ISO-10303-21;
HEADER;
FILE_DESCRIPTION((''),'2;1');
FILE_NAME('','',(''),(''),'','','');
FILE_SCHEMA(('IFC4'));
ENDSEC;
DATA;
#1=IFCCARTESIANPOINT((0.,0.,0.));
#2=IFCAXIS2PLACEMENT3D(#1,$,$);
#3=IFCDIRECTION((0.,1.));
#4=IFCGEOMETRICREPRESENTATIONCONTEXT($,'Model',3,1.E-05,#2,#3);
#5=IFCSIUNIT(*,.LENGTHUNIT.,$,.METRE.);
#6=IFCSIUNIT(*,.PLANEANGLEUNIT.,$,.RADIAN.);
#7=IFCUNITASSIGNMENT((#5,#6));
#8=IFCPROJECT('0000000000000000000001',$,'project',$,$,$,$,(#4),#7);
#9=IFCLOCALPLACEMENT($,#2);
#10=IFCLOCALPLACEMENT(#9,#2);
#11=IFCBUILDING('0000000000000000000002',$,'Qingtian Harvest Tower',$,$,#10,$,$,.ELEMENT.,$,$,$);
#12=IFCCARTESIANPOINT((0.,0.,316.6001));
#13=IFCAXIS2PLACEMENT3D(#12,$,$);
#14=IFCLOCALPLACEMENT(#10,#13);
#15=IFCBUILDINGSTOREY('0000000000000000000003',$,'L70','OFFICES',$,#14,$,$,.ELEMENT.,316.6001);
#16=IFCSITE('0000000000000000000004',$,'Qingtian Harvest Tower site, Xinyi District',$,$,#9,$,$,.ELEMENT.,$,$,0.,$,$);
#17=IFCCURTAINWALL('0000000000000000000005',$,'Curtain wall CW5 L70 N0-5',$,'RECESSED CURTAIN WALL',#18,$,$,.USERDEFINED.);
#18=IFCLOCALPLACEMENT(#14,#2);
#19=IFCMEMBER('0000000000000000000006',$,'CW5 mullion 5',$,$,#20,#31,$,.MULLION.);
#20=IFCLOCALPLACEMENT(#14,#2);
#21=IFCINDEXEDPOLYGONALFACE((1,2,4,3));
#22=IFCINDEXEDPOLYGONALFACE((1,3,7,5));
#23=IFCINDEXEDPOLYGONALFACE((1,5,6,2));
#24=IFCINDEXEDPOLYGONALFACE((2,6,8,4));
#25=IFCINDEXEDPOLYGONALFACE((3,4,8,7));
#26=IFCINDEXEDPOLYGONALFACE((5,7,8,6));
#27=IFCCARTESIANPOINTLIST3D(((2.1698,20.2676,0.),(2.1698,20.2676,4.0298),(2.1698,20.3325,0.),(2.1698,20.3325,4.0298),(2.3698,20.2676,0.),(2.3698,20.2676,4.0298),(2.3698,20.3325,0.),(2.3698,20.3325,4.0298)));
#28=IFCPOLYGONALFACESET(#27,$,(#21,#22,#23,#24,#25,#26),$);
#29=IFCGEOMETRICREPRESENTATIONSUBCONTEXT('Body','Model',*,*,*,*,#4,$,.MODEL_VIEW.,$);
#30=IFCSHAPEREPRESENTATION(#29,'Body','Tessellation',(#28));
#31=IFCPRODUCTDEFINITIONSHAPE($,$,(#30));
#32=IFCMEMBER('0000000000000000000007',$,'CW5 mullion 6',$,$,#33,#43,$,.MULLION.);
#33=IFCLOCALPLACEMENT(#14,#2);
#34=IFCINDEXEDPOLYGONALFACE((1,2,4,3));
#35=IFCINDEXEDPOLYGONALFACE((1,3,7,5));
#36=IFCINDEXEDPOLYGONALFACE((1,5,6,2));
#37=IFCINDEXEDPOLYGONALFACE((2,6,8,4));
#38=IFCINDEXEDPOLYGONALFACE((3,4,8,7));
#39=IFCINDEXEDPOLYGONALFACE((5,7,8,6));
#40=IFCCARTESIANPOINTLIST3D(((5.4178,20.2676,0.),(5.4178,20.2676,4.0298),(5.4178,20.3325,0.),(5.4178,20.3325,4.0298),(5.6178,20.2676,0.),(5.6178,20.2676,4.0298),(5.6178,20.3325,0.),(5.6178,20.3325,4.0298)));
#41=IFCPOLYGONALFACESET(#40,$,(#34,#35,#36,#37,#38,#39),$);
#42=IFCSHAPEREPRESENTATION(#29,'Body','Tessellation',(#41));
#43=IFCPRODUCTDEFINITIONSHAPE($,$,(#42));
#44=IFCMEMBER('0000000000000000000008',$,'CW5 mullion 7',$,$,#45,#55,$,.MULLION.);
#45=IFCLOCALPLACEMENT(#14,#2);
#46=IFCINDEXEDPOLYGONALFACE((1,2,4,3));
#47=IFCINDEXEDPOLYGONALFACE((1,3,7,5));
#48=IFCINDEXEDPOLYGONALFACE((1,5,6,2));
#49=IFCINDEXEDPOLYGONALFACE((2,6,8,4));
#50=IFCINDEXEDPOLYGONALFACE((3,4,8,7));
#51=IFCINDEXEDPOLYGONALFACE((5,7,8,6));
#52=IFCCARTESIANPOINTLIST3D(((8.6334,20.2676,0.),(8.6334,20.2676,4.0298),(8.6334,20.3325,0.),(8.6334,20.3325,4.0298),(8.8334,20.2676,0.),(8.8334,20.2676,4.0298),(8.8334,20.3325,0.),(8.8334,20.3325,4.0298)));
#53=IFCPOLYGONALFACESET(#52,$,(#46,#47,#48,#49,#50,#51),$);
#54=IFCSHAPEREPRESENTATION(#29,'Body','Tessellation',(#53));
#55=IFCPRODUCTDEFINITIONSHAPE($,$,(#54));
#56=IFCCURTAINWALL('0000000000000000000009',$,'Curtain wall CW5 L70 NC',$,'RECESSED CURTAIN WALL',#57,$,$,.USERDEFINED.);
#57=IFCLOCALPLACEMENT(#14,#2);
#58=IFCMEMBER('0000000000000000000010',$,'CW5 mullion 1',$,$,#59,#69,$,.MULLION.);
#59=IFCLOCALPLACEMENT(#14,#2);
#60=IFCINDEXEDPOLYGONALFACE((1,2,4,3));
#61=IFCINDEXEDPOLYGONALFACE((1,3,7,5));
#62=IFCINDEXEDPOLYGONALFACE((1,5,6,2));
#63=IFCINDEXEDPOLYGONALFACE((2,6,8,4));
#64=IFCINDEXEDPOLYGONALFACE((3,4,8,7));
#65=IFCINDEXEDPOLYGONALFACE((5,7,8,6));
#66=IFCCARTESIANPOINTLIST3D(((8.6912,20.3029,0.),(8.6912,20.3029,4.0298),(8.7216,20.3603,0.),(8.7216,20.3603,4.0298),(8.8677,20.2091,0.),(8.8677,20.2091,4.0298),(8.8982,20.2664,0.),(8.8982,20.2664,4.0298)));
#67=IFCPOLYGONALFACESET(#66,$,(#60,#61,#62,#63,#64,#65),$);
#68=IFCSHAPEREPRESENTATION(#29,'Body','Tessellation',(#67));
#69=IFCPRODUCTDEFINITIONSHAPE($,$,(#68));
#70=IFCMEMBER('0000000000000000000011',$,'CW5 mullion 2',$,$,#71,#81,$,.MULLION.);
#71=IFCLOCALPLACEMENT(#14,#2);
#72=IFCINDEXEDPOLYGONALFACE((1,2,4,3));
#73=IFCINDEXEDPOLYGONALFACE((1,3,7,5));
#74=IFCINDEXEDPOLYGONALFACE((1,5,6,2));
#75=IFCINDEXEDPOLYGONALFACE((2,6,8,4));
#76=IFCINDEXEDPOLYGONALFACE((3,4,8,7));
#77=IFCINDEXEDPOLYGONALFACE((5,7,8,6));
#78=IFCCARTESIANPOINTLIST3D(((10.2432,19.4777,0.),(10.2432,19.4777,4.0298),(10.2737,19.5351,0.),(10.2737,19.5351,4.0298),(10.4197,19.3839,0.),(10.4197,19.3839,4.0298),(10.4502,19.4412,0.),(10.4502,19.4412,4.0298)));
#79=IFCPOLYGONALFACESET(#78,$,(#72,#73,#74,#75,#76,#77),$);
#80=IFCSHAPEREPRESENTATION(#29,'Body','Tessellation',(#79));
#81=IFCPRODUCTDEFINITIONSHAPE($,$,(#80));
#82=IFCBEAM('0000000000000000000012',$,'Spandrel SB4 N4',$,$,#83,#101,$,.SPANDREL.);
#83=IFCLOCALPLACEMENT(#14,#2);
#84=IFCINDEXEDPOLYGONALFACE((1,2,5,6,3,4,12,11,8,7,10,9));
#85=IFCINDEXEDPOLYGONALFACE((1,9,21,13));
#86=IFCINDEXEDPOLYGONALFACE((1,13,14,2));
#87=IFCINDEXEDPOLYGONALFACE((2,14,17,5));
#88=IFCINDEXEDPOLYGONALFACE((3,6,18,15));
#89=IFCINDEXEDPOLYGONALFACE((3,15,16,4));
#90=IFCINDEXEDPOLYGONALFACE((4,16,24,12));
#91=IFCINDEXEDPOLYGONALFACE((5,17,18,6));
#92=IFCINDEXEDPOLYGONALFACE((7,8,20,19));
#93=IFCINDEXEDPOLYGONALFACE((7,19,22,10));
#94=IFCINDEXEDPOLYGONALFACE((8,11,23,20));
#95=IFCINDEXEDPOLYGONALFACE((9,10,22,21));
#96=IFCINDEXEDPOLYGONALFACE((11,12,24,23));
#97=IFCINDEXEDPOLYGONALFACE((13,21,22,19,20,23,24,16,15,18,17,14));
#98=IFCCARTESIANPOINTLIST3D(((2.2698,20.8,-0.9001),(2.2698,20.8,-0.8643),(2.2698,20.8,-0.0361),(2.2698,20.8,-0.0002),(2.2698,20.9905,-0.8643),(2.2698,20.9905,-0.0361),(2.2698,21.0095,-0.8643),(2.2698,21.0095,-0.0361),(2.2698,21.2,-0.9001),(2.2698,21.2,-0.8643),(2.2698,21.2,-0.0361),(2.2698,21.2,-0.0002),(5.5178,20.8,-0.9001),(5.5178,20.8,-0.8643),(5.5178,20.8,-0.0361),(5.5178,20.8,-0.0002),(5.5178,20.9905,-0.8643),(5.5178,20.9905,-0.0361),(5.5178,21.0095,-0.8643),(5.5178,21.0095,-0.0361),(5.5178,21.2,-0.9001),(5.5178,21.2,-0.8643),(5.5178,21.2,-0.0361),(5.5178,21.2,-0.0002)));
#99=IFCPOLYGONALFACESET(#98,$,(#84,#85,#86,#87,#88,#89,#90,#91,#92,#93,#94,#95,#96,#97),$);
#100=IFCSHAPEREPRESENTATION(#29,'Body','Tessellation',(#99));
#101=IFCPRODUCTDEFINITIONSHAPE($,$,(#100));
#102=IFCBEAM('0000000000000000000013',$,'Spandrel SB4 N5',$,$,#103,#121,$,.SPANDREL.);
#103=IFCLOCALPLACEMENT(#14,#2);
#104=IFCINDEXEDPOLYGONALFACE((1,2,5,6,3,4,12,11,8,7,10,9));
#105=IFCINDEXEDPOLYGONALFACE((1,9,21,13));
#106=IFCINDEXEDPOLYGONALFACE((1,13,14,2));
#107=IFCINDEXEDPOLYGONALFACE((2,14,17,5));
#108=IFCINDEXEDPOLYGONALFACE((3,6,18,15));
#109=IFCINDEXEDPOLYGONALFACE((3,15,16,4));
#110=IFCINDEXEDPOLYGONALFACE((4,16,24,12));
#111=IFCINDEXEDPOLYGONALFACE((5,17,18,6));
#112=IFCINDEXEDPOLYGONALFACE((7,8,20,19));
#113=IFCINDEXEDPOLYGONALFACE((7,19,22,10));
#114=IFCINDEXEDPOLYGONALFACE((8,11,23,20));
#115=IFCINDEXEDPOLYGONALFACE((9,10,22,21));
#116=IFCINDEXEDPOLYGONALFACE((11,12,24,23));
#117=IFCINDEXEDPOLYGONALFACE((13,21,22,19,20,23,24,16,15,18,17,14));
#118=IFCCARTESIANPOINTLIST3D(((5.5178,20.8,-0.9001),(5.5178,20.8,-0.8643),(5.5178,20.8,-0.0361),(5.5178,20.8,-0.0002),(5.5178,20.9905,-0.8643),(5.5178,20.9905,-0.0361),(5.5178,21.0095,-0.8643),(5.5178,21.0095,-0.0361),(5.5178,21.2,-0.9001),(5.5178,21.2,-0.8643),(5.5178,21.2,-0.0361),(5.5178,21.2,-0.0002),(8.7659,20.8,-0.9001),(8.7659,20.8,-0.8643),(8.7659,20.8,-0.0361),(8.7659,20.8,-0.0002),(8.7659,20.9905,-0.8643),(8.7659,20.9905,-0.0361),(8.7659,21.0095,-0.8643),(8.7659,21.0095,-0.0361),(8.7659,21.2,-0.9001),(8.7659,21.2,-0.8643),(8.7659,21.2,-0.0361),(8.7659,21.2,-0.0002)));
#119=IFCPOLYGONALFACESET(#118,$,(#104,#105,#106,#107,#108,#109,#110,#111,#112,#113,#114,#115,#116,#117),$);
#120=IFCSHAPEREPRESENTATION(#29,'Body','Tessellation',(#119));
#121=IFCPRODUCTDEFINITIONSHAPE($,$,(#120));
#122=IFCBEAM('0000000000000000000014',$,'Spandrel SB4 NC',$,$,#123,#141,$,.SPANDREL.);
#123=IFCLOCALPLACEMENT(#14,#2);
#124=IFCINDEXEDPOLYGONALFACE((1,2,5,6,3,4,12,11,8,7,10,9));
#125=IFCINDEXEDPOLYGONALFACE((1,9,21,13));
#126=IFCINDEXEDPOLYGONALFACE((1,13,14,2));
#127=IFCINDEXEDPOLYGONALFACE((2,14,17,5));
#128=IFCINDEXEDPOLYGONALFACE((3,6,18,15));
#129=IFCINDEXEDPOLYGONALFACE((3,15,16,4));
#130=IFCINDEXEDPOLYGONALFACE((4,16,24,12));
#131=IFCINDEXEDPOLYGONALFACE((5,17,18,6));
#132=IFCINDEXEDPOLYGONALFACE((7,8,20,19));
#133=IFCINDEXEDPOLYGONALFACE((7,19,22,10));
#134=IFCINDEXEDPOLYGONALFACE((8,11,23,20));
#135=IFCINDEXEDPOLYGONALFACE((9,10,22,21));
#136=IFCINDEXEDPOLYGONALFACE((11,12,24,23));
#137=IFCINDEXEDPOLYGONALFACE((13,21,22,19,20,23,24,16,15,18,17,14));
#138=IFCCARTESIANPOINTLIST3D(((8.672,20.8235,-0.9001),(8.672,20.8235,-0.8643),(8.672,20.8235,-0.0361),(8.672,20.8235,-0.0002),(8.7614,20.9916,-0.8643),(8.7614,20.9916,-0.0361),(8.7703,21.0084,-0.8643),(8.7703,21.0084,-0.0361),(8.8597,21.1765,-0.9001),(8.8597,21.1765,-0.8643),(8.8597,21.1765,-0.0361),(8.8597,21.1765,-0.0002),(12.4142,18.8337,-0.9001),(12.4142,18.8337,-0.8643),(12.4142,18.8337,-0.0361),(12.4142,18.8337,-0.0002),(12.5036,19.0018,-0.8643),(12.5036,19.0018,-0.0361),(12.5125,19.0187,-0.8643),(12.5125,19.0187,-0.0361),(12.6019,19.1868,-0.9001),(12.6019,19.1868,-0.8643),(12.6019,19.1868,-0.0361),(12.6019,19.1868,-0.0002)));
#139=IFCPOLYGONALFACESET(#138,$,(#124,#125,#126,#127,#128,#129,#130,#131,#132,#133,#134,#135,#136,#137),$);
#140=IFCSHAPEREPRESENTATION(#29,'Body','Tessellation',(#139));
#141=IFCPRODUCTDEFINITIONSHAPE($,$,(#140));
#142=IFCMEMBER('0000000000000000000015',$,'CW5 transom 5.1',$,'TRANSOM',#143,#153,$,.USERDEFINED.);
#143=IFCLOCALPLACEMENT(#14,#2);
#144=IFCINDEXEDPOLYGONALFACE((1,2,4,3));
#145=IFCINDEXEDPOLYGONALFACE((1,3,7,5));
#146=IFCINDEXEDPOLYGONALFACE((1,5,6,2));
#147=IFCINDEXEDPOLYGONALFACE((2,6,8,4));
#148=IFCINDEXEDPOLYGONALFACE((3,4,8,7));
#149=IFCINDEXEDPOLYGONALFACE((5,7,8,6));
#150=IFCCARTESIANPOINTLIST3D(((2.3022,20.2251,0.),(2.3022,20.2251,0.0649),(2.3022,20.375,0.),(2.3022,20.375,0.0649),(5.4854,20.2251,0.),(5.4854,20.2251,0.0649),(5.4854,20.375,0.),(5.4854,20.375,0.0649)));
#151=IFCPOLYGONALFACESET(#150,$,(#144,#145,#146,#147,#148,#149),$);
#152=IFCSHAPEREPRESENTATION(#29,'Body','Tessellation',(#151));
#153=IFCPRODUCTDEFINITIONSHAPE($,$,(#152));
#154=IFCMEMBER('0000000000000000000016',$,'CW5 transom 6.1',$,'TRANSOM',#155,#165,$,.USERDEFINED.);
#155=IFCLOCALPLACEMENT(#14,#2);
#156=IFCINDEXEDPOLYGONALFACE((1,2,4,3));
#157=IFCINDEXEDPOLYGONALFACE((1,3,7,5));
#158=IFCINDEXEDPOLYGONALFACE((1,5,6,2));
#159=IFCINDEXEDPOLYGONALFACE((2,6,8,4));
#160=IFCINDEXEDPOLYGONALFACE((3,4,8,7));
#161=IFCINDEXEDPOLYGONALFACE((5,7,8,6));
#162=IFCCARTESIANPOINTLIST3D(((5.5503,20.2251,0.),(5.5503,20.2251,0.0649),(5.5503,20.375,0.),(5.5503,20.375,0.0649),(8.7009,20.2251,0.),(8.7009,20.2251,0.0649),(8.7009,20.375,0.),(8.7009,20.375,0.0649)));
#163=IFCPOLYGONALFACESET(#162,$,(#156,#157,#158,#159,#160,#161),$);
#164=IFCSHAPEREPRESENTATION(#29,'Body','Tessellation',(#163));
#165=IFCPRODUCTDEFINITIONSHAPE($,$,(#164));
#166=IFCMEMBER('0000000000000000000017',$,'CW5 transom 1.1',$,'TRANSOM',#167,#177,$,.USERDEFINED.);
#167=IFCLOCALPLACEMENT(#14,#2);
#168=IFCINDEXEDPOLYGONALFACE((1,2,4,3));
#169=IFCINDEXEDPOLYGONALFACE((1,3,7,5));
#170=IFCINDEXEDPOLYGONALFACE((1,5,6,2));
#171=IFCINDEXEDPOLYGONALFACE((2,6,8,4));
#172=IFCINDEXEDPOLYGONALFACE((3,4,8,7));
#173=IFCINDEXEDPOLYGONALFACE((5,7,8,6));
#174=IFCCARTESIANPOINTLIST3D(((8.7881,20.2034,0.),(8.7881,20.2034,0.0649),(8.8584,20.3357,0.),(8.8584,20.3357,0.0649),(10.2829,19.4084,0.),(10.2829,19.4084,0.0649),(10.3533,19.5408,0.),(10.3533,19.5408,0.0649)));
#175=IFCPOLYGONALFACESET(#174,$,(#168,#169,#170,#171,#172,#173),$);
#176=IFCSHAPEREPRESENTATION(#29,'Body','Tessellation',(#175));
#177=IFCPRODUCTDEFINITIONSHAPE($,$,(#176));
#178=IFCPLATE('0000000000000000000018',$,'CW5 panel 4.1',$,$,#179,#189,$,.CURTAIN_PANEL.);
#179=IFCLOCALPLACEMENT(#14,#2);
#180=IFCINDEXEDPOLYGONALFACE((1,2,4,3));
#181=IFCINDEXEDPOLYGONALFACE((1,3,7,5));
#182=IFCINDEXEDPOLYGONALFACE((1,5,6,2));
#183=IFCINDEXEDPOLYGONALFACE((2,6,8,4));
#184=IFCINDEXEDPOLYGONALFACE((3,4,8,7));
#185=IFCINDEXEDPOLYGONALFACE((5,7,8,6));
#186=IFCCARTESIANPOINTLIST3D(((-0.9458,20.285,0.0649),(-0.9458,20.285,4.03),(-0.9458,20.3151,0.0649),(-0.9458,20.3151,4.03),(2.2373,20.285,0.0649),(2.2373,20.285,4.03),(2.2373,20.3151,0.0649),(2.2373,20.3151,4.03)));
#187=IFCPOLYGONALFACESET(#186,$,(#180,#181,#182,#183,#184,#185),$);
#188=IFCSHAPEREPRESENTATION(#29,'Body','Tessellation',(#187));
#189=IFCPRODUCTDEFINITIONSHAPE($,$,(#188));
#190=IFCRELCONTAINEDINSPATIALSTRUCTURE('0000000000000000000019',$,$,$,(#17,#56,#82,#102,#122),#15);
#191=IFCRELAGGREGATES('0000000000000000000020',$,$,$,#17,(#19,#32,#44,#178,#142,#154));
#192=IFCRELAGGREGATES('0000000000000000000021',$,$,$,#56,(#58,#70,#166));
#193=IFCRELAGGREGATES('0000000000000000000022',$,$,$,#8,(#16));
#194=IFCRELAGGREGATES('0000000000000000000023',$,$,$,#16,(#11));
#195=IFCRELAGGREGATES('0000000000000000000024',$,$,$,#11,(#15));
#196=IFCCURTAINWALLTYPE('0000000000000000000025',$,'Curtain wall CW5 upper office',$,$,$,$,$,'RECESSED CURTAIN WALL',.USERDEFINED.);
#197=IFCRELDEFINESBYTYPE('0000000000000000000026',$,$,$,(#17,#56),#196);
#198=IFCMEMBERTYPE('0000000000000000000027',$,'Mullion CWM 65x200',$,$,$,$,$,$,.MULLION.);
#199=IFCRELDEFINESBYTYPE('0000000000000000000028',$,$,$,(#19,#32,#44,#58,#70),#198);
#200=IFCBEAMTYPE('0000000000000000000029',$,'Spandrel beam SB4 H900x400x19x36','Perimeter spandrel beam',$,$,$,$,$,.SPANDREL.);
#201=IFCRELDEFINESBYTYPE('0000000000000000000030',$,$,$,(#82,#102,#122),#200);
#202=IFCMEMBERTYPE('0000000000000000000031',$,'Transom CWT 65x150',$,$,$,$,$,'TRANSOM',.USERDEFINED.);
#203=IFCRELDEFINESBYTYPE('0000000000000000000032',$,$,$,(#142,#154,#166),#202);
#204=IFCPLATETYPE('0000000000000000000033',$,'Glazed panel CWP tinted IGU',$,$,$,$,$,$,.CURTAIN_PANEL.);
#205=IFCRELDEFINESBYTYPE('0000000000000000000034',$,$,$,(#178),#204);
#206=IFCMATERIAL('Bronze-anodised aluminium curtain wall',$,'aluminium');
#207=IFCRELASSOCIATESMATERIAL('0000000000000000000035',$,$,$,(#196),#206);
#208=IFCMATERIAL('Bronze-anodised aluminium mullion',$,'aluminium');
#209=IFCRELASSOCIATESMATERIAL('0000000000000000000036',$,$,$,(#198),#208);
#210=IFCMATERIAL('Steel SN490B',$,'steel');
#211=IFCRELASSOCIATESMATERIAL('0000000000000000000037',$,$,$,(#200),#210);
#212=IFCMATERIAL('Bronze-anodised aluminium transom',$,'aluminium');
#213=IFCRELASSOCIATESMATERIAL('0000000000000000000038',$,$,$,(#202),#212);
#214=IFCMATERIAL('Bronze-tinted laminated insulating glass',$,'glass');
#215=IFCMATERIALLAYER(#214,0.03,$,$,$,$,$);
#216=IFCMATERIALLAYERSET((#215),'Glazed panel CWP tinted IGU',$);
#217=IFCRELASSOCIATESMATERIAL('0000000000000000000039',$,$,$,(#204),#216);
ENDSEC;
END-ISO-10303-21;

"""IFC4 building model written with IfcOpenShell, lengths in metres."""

from ifc_helpers import new_model, si_unit, direction, frame, origin, origin_2d, place, context, subcontext, project, spatial, rectangle, i_section, extrude, material, layer, layer_set, material_profile, profile_set, type_object, element, aggregate, save


model = new_model("IFC4")

# Units and contexts
model_context = context("Model", 3, precision=1e-05, world=origin(), true_north=direction((0.0, 1.0)))
body_context = subcontext(model_context, "Body", "Model", "MODEL_VIEW")
ifc_project = project(units=[si_unit("LENGTHUNIT", "METRE"), si_unit("PLANEANGLEUNIT", "RADIAN")], contexts=[model_context])

# Site, building, storey
site_placement = place(None, origin())
site = spatial("IfcSite", under=ifc_project, at=site_placement, Name="Qingtian Harvest Tower site, Xinyi District", CompositionType="ELEMENT", RefElevation=0.0)
building_placement = place(site_placement, origin())
building = spatial("IfcBuilding", under=site, at=building_placement, Name="Qingtian Harvest Tower", CompositionType="ELEMENT")
storey_placement = place(building_placement, frame((0.0, 0.0, 316.6001)))
storey = spatial("IfcBuildingStorey", under=building, at=storey_placement, Name="L70", Description="OFFICES", CompositionType="ELEMENT", Elevation=316.6001)

# Curtain walls, members
ifc_material_1 = material(Name="Bronze-anodised aluminium curtain wall", Category="aluminium")
curtain_wall_type = type_object("IfcCurtainWallType", Name="Curtain wall CW5 upper office", ElementType="RECESSED CURTAIN WALL", PredefinedType="USERDEFINED", material=ifc_material_1)
curtain_wall_1_placement = place(storey_placement, origin())
curtain_wall_1 = element("IfcCurtainWall", 1, at=curtain_wall_1_placement, inside=storey, type_object=curtain_wall_type, Name="Curtain wall CW5 L70 N0-5", ObjectType="RECESSED CURTAIN WALL", PredefinedType="USERDEFINED")
ifc_material_2 = material(Name="Bronze-anodised aluminium mullion", Category="aluminium")
ifc_material_profile_1 = material_profile(ifc_material_2, rectangle(XDim=0.0649, YDim=0.2, at=origin_2d()), Name="AL 65x200")
ifc_profile_set_1 = profile_set([ifc_material_profile_1], Name="Bronze-anodised aluminium mullion")
member_type_1 = type_object("IfcMemberType", Name="Mullion CWM 65x200", PredefinedType="MULLION", material=ifc_profile_set_1)
member_1_placement = place(storey_placement, frame((2.2698, 20.3, 0.0), z_axis=(0.0, 0.0, 1.0), x_axis=(0.0, 1.0, 0.0)))
member_1 = element("IfcMember", 2, at=member_1_placement, type_object=member_type_1, Name="CW5 mullion 5", PredefinedType="MULLION", context=body_context, shape_type="SweptSolid", body=[
    extrude(rectangle(XDim=0.0649, YDim=0.2, at=origin_2d()), origin(), (0.0, 0.0, 1.0), 4.0298),
])
member_2_placement = place(storey_placement, frame((5.5178, 20.3, 0.0), z_axis=(0.0, 0.0, 1.0), x_axis=(0.0, 1.0, 0.0)))
member_2 = element("IfcMember", 3, at=member_2_placement, type_object=member_type_1, Name="CW5 mullion 6", PredefinedType="MULLION", context=body_context, shape_type="SweptSolid", body=[
    extrude(rectangle(XDim=0.0649, YDim=0.2, at=origin_2d()), origin(), (0.0, 0.0, 1.0), 4.0298),
])
member_3_placement = place(storey_placement, frame((8.7334, 20.3, 0.0), z_axis=(0.0, 0.0, 1.0), x_axis=(0.0, 1.0, 0.0)))
member_3 = element("IfcMember", 4, at=member_3_placement, type_object=member_type_1, Name="CW5 mullion 7", PredefinedType="MULLION", context=body_context, shape_type="SweptSolid", body=[
    extrude(rectangle(XDim=0.0649, YDim=0.2, at=origin_2d()), origin(), (0.0, 0.0, 1.0), 4.0298),
])
curtain_wall_2_placement = place(storey_placement, origin())
curtain_wall_2 = element("IfcCurtainWall", 5, at=curtain_wall_2_placement, inside=storey, type_object=curtain_wall_type, Name="Curtain wall CW5 L70 NC", ObjectType="RECESSED CURTAIN WALL", PredefinedType="USERDEFINED")
member_4_placement = place(storey_placement, frame((8.7947, 20.2847, 0.0), z_axis=(0.0, 0.0, 1.0), x_axis=(0.469472, 0.882948, 0.0)))
member_4 = element("IfcMember", 6, at=member_4_placement, type_object=member_type_1, Name="CW5 mullion 1", PredefinedType="MULLION", context=body_context, shape_type="SweptSolid", body=[
    extrude(rectangle(XDim=0.0649, YDim=0.2, at=origin_2d()), origin(), (0.0, 0.0, 1.0), 4.0298),
])
member_5_placement = place(storey_placement, frame((10.3467, 19.4595, 0.0), z_axis=(0.0, 0.0, 1.0), x_axis=(0.469472, 0.882948, 0.0)))
member_5 = element("IfcMember", 7, at=member_5_placement, type_object=member_type_1, Name="CW5 mullion 2", PredefinedType="MULLION", context=body_context, shape_type="SweptSolid", body=[
    extrude(rectangle(XDim=0.0649, YDim=0.2, at=origin_2d()), origin(), (0.0, 0.0, 1.0), 4.0298),
])

# Beams
ifc_material_3 = material(Name="Steel SN490B", Category="steel")
ifc_material_profile_2 = material_profile(ifc_material_3, i_section(OverallWidth=0.3999, OverallDepth=0.8999, WebThickness=0.019, FlangeThickness=0.0359, at=origin_2d()), Name="H900x400x19x36")
ifc_profile_set_2 = profile_set([ifc_material_profile_2], Name="Steel SN490B")
beam_type_1 = type_object("IfcBeamType", Name="Spandrel beam SB4 H900x400x19x36", Description="Perimeter spandrel beam", PredefinedType="SPANDREL", material=ifc_profile_set_2)
for number, where, z_axis, x_axis, name in (
    (8, (2.2698, 21.0, -0.4502), (1.0, 0.0, 0.0), (0.0, 1.0, 0.0), "Spandrel SB4 N4"),
    (9, (5.5178, 21.0, -0.4502), (1.0, 0.0, 0.0), (0.0, 1.0, 0.0), "Spandrel SB4 N5"),
):
    element("IfcBeam", number, at=place(storey_placement, frame(where, z_axis=z_axis, x_axis=x_axis)), inside=storey, type_object=beam_type_1, Name=name, PredefinedType="SPANDREL", context=body_context, shape_type="SweptSolid", body=[
        extrude(i_section(OverallWidth=0.3999, OverallDepth=0.8999, WebThickness=0.019, FlangeThickness=0.0359, at=origin_2d()), origin(), (0.0, 0.0, 1.0), 3.248),
    ])
beam_1_placement = place(storey_placement, frame((8.7659, 21.0, -0.4502), z_axis=(0.882949, -0.46947, 0.0), x_axis=(0.46947, 0.882949, 0.0)))
element("IfcBeam", 10, at=beam_1_placement, inside=storey, type_object=beam_type_1, Name="Spandrel SB4 NC", PredefinedType="SPANDREL", context=body_context, shape_type="SweptSolid", body=[
    extrude(i_section(OverallWidth=0.3999, OverallDepth=0.8999, WebThickness=0.019, FlangeThickness=0.0359, at=origin_2d()), origin(), (0.0, 0.0, 1.0), 4.2383),
])

# Members
ifc_material_4 = material(Name="Bronze-anodised aluminium transom", Category="aluminium")
ifc_material_profile_3 = material_profile(ifc_material_4, rectangle(XDim=0.1499, YDim=0.0649, at=origin_2d()), Name="AL 65x150")
ifc_profile_set_3 = profile_set([ifc_material_profile_3], Name="Bronze-anodised aluminium transom")
member_type_2 = type_object("IfcMemberType", Name="Transom CWT 65x150", ElementType="TRANSOM", PredefinedType="USERDEFINED", material=ifc_profile_set_3)
member_6_placement = place(storey_placement, frame((2.3022, 20.3, 0.0325), z_axis=(1.0, 0.0, 0.0), x_axis=(0.0, 1.0, 0.0)))
member_6 = element("IfcMember", 11, at=member_6_placement, type_object=member_type_2, Name="CW5 transom 5.1", ObjectType="TRANSOM", PredefinedType="USERDEFINED", context=body_context, shape_type="SweptSolid", body=[
    extrude(rectangle(XDim=0.1499, YDim=0.0649, at=origin_2d()), origin(), (0.0, 0.0, 1.0), 3.1831),
])
member_7_placement = place(storey_placement, frame((5.5503, 20.3, 0.0325), z_axis=(1.0, 0.0, 0.0), x_axis=(0.0, 1.0, 0.0)))
member_7 = element("IfcMember", 12, at=member_7_placement, type_object=member_type_2, Name="CW5 transom 6.1", ObjectType="TRANSOM", PredefinedType="USERDEFINED", context=body_context, shape_type="SweptSolid", body=[
    extrude(rectangle(XDim=0.1499, YDim=0.0649, at=origin_2d()), origin(), (0.0, 0.0, 1.0), 3.1506),
])
member_8_placement = place(storey_placement, frame((8.8232, 20.2695, 0.0325), z_axis=(0.882927, -0.46951, 0.0), x_axis=(0.46951, 0.882927, 0.0)))
member_8 = element("IfcMember", 13, at=member_8_placement, type_object=member_type_2, Name="CW5 transom 1.1", ObjectType="TRANSOM", PredefinedType="USERDEFINED", context=body_context, shape_type="SweptSolid", body=[
    extrude(rectangle(XDim=0.1499, YDim=0.0649, at=origin_2d()), origin(), (0.0, 0.0, 1.0), 1.6931),
])

# Plate
ifc_material_5 = material(Name="Bronze-tinted laminated insulating glass", Category="glass")
ifc_layer_1 = layer(ifc_material_5, 0.03)
ifc_layer_set_1 = layer_set([ifc_layer_1], Name="Glazed panel CWP tinted IGU")
plate_type = type_object("IfcPlateType", Name="Glazed panel CWP tinted IGU", PredefinedType="CURTAIN_PANEL", material=ifc_layer_set_1)
plate_1_placement = place(storey_placement, frame((0.6458, 20.3, 0.0649), z_axis=(0.0, 0.0, 1.0), x_axis=(1.0, 0.0, 0.0)))
plate_1 = element("IfcPlate", 14, at=plate_1_placement, type_object=plate_type, Name="CW5 panel 4.1", PredefinedType="CURTAIN_PANEL", context=body_context, shape_type="SweptSolid", body=[
    extrude(rectangle(XDim=3.1831, YDim=0.03, at=origin_2d()), origin(), (0.0, 0.0, 1.0), 3.9651),
])
aggregate(curtain_wall_1, [member_1, member_2, member_3, plate_1, member_6, member_7])
aggregate(curtain_wall_2, [member_4, member_5, member_8])

save(model, "model.ifc")
